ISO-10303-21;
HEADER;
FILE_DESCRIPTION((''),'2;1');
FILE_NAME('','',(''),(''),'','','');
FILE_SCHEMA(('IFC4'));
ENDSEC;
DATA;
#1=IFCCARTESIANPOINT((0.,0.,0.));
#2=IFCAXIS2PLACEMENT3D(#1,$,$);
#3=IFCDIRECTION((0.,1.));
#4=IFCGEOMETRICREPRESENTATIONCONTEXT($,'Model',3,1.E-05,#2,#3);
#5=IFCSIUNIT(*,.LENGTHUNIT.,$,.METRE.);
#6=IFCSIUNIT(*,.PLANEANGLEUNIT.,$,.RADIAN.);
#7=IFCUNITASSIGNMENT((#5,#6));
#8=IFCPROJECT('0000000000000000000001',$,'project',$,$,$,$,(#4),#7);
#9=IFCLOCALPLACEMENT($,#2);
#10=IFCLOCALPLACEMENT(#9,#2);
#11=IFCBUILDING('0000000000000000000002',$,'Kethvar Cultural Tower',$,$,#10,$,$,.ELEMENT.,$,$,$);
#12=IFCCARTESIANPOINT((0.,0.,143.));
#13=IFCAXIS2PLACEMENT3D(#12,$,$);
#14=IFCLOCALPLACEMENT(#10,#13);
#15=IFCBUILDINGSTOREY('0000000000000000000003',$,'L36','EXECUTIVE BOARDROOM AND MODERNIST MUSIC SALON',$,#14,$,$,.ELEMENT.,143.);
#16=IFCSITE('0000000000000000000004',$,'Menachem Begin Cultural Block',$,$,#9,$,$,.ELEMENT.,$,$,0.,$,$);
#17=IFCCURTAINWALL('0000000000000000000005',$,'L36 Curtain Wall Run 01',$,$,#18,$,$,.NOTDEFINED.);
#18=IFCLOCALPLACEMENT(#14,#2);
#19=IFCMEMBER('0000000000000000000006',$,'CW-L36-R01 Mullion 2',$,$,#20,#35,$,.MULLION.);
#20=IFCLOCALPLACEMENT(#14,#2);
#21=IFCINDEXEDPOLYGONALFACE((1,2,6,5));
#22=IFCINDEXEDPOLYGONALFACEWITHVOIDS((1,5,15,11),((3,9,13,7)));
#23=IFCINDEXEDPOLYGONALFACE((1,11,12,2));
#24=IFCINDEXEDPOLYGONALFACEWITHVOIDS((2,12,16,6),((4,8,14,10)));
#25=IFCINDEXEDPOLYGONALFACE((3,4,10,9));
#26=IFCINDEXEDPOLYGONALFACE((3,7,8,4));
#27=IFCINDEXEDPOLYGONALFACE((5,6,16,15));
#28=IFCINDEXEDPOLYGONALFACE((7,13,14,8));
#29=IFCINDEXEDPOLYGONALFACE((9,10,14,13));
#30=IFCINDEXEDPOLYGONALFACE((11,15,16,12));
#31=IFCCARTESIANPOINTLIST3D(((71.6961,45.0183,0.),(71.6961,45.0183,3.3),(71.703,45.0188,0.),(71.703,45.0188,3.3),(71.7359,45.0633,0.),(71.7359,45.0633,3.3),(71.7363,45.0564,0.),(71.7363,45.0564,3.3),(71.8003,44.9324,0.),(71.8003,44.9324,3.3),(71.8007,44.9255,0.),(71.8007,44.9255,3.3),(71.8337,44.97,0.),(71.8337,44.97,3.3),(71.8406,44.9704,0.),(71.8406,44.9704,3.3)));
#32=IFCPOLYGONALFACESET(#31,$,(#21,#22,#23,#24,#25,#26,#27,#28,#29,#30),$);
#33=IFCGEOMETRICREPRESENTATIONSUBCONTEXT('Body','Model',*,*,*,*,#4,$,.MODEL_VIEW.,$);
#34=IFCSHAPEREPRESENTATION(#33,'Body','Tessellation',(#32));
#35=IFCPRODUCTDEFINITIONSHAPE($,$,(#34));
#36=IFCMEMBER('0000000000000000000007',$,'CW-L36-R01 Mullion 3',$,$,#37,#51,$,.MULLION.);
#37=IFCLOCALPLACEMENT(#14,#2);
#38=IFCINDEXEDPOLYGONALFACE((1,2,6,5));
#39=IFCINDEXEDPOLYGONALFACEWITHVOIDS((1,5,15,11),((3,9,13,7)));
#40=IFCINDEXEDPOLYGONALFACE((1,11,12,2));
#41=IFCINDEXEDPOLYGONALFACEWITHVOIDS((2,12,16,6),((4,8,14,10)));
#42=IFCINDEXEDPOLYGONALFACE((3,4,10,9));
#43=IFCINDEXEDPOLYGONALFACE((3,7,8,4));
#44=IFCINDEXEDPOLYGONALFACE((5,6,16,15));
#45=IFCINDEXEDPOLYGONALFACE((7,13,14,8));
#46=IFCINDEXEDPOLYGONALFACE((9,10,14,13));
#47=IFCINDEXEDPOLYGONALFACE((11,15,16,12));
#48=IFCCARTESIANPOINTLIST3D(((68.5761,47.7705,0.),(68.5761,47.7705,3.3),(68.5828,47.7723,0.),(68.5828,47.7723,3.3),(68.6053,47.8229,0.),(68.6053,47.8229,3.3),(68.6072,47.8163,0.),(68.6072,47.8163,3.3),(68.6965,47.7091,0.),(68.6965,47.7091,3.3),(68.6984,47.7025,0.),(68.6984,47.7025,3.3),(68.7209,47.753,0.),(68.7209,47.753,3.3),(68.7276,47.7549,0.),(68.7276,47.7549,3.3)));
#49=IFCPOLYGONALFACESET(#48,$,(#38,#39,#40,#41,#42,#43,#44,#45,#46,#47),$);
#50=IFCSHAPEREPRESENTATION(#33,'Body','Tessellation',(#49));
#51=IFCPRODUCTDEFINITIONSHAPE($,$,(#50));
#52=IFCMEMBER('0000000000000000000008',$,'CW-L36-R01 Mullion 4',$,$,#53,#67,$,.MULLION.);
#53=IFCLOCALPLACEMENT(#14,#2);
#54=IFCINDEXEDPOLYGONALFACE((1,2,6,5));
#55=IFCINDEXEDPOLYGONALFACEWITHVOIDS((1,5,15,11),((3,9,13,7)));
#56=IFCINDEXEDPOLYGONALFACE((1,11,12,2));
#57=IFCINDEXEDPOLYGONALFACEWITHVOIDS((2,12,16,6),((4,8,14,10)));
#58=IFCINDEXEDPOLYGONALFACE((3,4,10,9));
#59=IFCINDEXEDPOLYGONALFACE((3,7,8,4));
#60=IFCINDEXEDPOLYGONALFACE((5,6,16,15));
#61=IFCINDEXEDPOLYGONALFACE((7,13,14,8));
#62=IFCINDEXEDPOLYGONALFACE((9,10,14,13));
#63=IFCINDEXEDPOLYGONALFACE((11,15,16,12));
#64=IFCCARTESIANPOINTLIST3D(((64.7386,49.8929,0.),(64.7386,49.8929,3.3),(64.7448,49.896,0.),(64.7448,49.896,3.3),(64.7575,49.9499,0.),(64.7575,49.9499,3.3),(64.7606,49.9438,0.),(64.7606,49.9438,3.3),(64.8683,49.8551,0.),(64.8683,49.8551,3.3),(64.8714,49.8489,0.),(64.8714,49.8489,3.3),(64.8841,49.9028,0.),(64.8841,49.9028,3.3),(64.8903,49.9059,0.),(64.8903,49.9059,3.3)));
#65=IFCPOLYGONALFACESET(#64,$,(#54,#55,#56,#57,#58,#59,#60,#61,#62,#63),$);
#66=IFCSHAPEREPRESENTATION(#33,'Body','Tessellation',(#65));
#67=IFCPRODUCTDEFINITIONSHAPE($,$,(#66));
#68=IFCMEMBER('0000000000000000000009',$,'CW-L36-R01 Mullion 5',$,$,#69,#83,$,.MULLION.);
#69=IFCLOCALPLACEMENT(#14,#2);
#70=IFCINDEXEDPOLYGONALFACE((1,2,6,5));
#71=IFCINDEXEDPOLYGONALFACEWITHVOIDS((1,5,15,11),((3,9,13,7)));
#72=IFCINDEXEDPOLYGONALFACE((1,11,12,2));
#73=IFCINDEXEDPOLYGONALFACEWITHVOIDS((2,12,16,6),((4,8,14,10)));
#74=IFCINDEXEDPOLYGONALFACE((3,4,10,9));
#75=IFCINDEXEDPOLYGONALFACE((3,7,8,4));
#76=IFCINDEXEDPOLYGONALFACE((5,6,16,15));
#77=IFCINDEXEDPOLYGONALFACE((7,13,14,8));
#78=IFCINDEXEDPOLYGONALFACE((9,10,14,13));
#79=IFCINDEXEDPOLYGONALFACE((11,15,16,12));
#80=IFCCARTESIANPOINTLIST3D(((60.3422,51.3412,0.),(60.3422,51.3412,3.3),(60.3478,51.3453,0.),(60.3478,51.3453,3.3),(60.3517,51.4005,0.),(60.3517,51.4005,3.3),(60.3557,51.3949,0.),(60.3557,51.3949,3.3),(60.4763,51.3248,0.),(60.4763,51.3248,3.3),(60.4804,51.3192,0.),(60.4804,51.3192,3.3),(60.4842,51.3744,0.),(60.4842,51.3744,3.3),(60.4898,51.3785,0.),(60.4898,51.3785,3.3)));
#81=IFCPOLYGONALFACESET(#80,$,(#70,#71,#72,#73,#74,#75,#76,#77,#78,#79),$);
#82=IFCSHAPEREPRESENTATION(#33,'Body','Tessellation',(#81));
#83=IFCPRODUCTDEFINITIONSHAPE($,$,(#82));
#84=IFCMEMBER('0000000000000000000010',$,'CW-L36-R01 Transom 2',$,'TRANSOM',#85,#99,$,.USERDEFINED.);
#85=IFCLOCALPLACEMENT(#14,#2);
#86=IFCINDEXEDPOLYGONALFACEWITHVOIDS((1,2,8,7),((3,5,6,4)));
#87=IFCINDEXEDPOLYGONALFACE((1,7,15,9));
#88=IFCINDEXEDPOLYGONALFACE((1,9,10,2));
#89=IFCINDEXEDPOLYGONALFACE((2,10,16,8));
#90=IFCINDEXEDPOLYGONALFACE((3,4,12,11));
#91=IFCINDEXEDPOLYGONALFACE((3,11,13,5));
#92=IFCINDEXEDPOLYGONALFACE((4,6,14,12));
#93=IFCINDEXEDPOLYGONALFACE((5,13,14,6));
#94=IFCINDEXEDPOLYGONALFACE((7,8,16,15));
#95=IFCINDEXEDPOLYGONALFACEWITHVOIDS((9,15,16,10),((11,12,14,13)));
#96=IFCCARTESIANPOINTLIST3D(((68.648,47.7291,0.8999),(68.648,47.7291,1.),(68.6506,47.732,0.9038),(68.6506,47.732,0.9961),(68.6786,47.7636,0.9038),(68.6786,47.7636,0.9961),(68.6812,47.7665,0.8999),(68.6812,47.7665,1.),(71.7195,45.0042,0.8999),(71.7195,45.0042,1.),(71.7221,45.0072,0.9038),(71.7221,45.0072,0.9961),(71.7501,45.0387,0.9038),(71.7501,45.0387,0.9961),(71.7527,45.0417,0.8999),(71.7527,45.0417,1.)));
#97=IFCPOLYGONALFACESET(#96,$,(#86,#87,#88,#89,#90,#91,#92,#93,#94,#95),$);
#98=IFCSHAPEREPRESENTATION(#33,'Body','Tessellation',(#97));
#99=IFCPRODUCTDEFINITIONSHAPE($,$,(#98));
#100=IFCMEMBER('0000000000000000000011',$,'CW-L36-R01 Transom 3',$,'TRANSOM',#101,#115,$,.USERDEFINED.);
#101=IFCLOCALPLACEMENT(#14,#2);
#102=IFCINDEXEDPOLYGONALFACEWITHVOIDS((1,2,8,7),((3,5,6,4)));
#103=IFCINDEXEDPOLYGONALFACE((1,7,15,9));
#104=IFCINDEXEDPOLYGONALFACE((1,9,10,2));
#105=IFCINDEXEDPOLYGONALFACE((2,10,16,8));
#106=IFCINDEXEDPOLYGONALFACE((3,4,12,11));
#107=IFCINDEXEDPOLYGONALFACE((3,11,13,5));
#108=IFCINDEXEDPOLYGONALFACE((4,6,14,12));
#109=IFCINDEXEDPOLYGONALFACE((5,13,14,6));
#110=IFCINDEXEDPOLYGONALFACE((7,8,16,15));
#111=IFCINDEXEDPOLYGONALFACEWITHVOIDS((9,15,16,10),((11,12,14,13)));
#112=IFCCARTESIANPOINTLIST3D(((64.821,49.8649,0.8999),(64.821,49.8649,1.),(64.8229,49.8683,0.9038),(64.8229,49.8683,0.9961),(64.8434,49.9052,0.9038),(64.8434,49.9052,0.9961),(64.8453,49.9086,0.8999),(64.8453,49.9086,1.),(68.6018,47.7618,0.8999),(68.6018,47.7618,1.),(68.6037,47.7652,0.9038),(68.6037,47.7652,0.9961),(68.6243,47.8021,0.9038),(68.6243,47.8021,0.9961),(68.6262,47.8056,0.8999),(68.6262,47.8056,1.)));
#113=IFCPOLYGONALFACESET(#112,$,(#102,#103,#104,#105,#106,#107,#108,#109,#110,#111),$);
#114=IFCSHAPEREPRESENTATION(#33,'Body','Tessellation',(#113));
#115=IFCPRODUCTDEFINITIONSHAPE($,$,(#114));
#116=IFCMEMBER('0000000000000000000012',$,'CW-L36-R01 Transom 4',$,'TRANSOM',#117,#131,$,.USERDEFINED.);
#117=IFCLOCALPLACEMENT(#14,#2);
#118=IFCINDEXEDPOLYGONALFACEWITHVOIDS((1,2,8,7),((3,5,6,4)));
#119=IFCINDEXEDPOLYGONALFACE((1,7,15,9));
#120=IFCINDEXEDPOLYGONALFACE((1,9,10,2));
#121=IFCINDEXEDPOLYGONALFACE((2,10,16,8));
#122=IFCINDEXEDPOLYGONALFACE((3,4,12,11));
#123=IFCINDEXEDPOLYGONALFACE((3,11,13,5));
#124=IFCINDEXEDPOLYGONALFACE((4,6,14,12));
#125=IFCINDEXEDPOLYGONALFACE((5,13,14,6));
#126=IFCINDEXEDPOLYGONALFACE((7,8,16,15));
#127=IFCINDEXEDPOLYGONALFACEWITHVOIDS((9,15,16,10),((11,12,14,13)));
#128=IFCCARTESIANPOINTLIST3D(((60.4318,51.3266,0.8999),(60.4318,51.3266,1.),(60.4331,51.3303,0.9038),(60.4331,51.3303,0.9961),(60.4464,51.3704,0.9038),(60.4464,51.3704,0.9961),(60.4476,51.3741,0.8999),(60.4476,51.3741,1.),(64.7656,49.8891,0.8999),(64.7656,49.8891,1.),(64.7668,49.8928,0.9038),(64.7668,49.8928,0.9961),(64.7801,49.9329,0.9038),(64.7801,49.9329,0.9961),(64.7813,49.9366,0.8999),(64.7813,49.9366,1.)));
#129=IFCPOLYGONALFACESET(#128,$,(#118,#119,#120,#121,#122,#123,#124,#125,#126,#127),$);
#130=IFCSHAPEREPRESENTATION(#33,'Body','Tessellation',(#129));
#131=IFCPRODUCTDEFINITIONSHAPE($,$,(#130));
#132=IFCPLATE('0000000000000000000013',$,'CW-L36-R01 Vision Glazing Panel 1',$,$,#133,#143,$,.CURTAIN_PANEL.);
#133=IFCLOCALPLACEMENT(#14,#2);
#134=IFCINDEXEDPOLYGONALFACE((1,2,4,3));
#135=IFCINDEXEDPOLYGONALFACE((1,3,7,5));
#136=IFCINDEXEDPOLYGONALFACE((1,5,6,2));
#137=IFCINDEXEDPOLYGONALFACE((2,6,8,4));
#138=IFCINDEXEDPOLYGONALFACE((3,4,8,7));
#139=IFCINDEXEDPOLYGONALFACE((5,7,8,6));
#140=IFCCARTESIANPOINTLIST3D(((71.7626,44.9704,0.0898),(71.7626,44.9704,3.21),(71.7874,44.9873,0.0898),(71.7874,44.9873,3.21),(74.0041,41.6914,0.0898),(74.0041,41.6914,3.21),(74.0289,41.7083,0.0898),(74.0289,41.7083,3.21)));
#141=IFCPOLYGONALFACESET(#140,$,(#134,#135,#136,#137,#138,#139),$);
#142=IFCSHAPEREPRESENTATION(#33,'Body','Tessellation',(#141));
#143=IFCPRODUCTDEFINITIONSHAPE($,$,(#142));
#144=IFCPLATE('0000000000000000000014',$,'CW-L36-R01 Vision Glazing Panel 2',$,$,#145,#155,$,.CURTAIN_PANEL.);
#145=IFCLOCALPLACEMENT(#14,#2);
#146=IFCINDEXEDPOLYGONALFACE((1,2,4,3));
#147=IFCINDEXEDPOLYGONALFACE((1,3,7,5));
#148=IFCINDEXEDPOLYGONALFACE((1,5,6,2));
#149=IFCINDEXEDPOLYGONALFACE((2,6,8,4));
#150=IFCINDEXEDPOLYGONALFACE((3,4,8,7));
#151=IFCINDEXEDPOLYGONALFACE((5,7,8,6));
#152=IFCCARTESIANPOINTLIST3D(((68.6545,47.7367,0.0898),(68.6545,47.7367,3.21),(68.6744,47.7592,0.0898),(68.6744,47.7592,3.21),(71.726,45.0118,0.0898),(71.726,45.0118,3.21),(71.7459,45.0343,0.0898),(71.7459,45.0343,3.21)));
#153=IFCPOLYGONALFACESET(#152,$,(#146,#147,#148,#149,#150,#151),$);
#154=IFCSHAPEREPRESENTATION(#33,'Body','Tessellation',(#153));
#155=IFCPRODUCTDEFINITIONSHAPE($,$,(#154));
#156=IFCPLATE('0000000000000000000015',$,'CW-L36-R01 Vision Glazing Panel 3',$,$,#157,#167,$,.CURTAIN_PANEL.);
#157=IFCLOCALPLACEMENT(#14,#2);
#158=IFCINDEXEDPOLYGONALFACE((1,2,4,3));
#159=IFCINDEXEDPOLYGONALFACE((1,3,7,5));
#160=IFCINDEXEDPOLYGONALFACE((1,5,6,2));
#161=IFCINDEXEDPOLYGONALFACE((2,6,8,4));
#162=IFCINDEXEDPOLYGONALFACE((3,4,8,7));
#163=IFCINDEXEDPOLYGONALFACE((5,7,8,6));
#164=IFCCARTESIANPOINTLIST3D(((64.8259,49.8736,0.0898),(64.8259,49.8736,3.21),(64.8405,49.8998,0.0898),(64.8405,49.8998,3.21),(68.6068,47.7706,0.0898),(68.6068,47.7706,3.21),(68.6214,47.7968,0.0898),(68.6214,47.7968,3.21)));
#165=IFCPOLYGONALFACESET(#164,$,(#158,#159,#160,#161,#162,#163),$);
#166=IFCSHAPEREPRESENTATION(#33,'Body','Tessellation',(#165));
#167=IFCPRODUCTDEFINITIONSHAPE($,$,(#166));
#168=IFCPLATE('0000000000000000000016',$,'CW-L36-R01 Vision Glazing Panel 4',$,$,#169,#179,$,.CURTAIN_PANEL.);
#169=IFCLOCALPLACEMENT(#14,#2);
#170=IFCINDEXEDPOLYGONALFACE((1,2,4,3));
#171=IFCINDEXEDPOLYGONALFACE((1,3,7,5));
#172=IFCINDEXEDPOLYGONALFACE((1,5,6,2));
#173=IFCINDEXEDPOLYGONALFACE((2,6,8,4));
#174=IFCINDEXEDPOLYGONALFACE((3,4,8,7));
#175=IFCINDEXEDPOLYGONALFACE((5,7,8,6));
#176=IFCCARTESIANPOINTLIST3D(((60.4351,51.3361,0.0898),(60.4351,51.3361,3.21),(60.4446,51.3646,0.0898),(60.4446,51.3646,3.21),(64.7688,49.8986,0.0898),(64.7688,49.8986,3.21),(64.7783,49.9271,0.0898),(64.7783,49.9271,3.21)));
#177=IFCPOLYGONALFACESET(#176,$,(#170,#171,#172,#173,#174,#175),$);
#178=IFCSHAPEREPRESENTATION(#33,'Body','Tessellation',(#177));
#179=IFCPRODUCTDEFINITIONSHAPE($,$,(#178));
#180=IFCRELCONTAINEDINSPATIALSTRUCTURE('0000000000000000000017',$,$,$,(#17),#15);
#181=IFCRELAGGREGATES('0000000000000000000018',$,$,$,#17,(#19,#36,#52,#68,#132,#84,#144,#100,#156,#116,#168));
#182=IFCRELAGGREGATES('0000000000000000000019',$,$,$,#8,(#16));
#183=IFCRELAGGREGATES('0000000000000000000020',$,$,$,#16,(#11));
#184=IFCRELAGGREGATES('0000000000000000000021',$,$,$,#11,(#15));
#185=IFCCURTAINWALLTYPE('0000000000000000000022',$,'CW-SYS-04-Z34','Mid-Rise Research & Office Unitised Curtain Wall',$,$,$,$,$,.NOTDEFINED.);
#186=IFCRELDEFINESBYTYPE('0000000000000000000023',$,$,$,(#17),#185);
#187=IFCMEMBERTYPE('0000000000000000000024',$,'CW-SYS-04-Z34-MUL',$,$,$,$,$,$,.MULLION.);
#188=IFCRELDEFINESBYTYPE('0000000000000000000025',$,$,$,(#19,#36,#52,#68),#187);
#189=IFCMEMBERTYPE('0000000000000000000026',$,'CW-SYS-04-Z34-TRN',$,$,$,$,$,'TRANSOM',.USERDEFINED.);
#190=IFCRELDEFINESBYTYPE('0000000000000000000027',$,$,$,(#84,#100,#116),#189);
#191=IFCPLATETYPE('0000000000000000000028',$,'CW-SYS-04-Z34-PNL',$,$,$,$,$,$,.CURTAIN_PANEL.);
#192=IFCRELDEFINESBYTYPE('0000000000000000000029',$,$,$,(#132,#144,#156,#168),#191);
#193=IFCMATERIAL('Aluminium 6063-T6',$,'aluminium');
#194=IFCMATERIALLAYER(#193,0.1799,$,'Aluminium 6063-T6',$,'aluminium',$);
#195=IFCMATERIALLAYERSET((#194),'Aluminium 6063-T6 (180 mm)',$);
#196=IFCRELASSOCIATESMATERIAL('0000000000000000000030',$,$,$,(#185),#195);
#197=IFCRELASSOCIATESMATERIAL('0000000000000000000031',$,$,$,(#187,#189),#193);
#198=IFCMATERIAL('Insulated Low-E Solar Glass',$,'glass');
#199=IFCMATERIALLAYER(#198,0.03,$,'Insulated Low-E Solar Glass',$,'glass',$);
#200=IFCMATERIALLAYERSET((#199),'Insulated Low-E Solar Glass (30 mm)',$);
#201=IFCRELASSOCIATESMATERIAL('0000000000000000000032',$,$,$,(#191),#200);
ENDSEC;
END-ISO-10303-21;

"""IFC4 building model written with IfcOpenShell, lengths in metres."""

from ifc_helpers import new_model, si_unit, direction, frame, origin, origin_2d, place, context, subcontext, project, spatial, rectangle, hollow_rectangle, extrude, source, transform, mapped, material, layer, layer_set, material_profile, profile_set, type_object, element, aggregate, save


model = new_model("IFC4")

# Units and contexts
model_context = context("Model", 3, precision=1e-05, world=origin(), true_north=direction((0.0, 1.0)))
body_context = subcontext(model_context, "Body", "Model", "MODEL_VIEW")
ifc_project = project(units=[si_unit("LENGTHUNIT", "METRE"), si_unit("PLANEANGLEUNIT", "RADIAN")], contexts=[model_context])

# Site, building, storey
site_placement = place(None, origin())
site = spatial("IfcSite", under=ifc_project, at=site_placement, Name="Menachem Begin Cultural Block", CompositionType="ELEMENT", RefElevation=0.0)
building_placement = place(site_placement, origin())
building = spatial("IfcBuilding", under=site, at=building_placement, Name="Kethvar Cultural Tower", CompositionType="ELEMENT")
storey_placement = place(building_placement, frame((0.0, 0.0, 143.0)))
storey = spatial("IfcBuildingStorey", under=building, at=storey_placement, Name="L36", Description="EXECUTIVE BOARDROOM AND MODERNIST MUSIC SALON", CompositionType="ELEMENT", Elevation=143.0)

# Curtain wall, members, plates
ifc_material_1 = material(Name="Aluminium 6063-T6", Category="aluminium")
ifc_layer_1 = layer(ifc_material_1, 0.1799, Name="Aluminium 6063-T6", Category="aluminium")
ifc_layer_set_1 = layer_set([ifc_layer_1], Name="Aluminium 6063-T6 (180 mm)")
curtain_wall_type = type_object("IfcCurtainWallType", Name="CW-SYS-04-Z34", Description="Mid-Rise Research & Office Unitised Curtain Wall", PredefinedType="NOTDEFINED", material=ifc_layer_set_1)
curtain_wall_placement = place(storey_placement, origin())
curtain_wall = element("IfcCurtainWall", 1, at=curtain_wall_placement, inside=storey, type_object=curtain_wall_type, Name="L36 Curtain Wall Run 01", PredefinedType="NOTDEFINED")
ifc_material_profile_1 = material_profile(ifc_material_1, hollow_rectangle(XDim=0.0601, YDim=0.1399, WallThickness=0.0049, at=origin_2d()), Name="Aluminium 6063-T6 — RHS140x60x5")
ifc_profile_set_1 = profile_set([ifc_material_profile_1], Name="Aluminium 6063-T6 — RHS140x60x5")
member_type_1 = type_object("IfcMemberType", Name="CW-SYS-04-Z34-MUL", PredefinedType="MULLION", material=ifc_profile_set_1)
shared_shape_1 = source(origin(), body_context, "Body", "SweptSolid", [
    extrude(hollow_rectangle(XDim=0.0601, YDim=0.1399, WallThickness=0.0049, at=origin_2d()), origin(), (0.0, 0.0, 1.0), 3.3),
])
member_1_placement = place(storey_placement, frame((71.7683, 44.9944, 0.0), z_axis=(0.0, 0.0, 1.0), x_axis=(-0.663639, -0.748053, 0.0)))
member_1 = element("IfcMember", 2, at=member_1_placement, type_object=member_type_1, Name="CW-L36-R01 Mullion 2", PredefinedType="MULLION", context=body_context, shape_type="MappedRepresentation", body=[
    mapped(shared_shape_1, transform((0.0, 0.0, 0.0), scale=1.0)),
])
member_2_placement = place(storey_placement, frame((68.6519, 47.7627, 0.0), z_axis=(0.0, 0.0, 1.0), x_axis=(-0.486076, -0.873916, 0.0)))
member_2 = element("IfcMember", 3, at=member_2_placement, type_object=member_type_1, Name="CW-L36-R01 Mullion 3", PredefinedType="MULLION", context=body_context, shape_type="MappedRepresentation", body=[
    mapped(shared_shape_1, transform((0.0, 0.0, 0.0), scale=1.0)),
])
member_3_placement = place(storey_placement, frame((64.8145, 49.8994, 0.0), z_axis=(0.0, 0.0, 1.0), x_axis=(-0.314837, -0.949146, 0.0)))
member_3 = element("IfcMember", 4, at=member_3_placement, type_object=member_type_1, Name="CW-L36-R01 Mullion 4", PredefinedType="MULLION", context=body_context, shape_type="MappedRepresentation", body=[
    mapped(shared_shape_1, transform((0.0, 0.0, 0.0), scale=1.0)),
])
member_4_placement = place(storey_placement, frame((60.416, 51.3599, 0.0), z_axis=(0.0, 0.0, 1.0), x_axis=(-0.157572, -0.987507, 0.0)))
member_4 = element("IfcMember", 5, at=member_4_placement, type_object=member_type_1, Name="CW-L36-R01 Mullion 5", PredefinedType="MULLION", context=body_context, shape_type="MappedRepresentation", body=[
    mapped(shared_shape_1, transform((0.0, 0.0, 0.0), scale=1.0)),
])
ifc_material_profile_2 = material_profile(ifc_material_1, hollow_rectangle(XDim=0.05, YDim=0.1001, WallThickness=0.0039, at=origin_2d()), Name="Aluminium 6063-T6 — RHS100x50x4")
ifc_profile_set_2 = profile_set([ifc_material_profile_2], Name="Aluminium 6063-T6 — RHS100x50x4")
member_type_2 = type_object("IfcMemberType", Name="CW-SYS-04-Z34-TRN", ElementType="TRANSOM", PredefinedType="USERDEFINED", material=ifc_profile_set_2)
shared_shape_2 = source(origin(), body_context, "Body", "SweptSolid", [
    extrude(hollow_rectangle(XDim=0.05, YDim=0.1001, WallThickness=0.0039, at=origin_2d()), origin(), (0.0, 0.0, 1.0), 4.106),
])
member_5_placement = place(storey_placement, frame((71.7361, 45.0229, 0.95), z_axis=(-0.748062, 0.663629, 0.0), x_axis=(-0.663629, -0.748062, 0.0)))
member_5 = element("IfcMember", 6, at=member_5_placement, type_object=member_type_2, Name="CW-L36-R01 Transom 2", ObjectType="TRANSOM", PredefinedType="USERDEFINED", context=body_context, shape_type="MappedRepresentation", body=[
    mapped(shared_shape_2, transform((0.0, 0.0, 0.0), scale=1.0)),
])
shared_shape_3 = source(origin(), body_context, "Body", "SweptSolid", [
    extrude(hollow_rectangle(XDim=0.05, YDim=0.1001, WallThickness=0.0039, at=origin_2d()), origin(), (0.0, 0.0, 1.0), 4.3264),
])
member_6_placement = place(storey_placement, frame((68.614, 47.7837, 0.95), z_axis=(-0.873902, 0.486103, 0.0), x_axis=(-0.486103, -0.873902, 0.0)))
member_6 = element("IfcMember", 7, at=member_6_placement, type_object=member_type_2, Name="CW-L36-R01 Transom 3", ObjectType="TRANSOM", PredefinedType="USERDEFINED", context=body_context, shape_type="MappedRepresentation", body=[
    mapped(shared_shape_3, transform((0.0, 0.0, 0.0), scale=1.0)),
])
shared_shape_4 = source(origin(), body_context, "Body", "SweptSolid", [
    extrude(hollow_rectangle(XDim=0.05, YDim=0.1001, WallThickness=0.0039, at=origin_2d()), origin(), (0.0, 0.0, 1.0), 4.5659),
])
member_7_placement = place(storey_placement, frame((64.7734, 49.9128, 0.95), z_axis=(-0.949147, 0.314832, 0.0), x_axis=(-0.314832, -0.949147, 0.0)))
member_7 = element("IfcMember", 8, at=member_7_placement, type_object=member_type_2, Name="CW-L36-R01 Transom 4", ObjectType="TRANSOM", PredefinedType="USERDEFINED", context=body_context, shape_type="MappedRepresentation", body=[
    mapped(shared_shape_4, transform((0.0, 0.0, 0.0), scale=1.0)),
])
ifc_material_2 = material(Name="Insulated Low-E Solar Glass", Category="glass")
ifc_layer_2 = layer(ifc_material_2, 0.03, Name="Insulated Low-E Solar Glass", Category="glass")
ifc_layer_set_2 = layer_set([ifc_layer_2], Name="Insulated Low-E Solar Glass (30 mm)")
plate_type = type_object("IfcPlateType", Name="CW-SYS-04-Z34-PNL", PredefinedType="CURTAIN_PANEL", material=ifc_layer_set_2)
shared_shape_5 = source(origin(), body_context, "Body", "SweptSolid", [
    extrude(rectangle(XDim=3.9719, YDim=0.03, at=origin_2d()), origin(), (0.0, 0.0, 1.0), 3.1201),
])
plate_1_placement = place(storey_placement, frame((72.8958, 43.3394, 0.0898), z_axis=(0.0, 0.0, 1.0), x_axis=(-0.564333, 0.825547, 0.0)))
plate_1 = element("IfcPlate", 9, at=plate_1_placement, type_object=plate_type, Name="CW-L36-R01 Vision Glazing Panel 1", PredefinedType="CURTAIN_PANEL", context=body_context, shape_type="MappedRepresentation", body=[
    mapped(shared_shape_5, transform((0.0, 0.0, 0.0), scale=1.0)),
])
shared_shape_6 = source(origin(), body_context, "Body", "SweptSolid", [
    extrude(rectangle(XDim=4.106, YDim=0.03, at=origin_2d()), origin(), (0.0, 0.0, 1.0), 3.1201),
])
plate_2_placement = place(storey_placement, frame((70.2002, 46.3855, 0.0898), z_axis=(0.0, 0.0, 1.0), x_axis=(-0.748053, 0.663639, 0.0)))
plate_2 = element("IfcPlate", 10, at=plate_2_placement, type_object=plate_type, Name="CW-L36-R01 Vision Glazing Panel 2", PredefinedType="CURTAIN_PANEL", context=body_context, shape_type="MappedRepresentation", body=[
    mapped(shared_shape_6, transform((0.0, 0.0, 0.0), scale=1.0)),
])
shared_shape_7 = source(origin(), body_context, "Body", "SweptSolid", [
    extrude(rectangle(XDim=4.3264, YDim=0.03, at=origin_2d()), origin(), (0.0, 0.0, 1.0), 3.1201),
])
plate_3_placement = place(storey_placement, frame((66.7236, 48.8352, 0.0898), z_axis=(0.0, 0.0, 1.0), x_axis=(-0.873916, 0.486076, 0.0)))
plate_3 = element("IfcPlate", 11, at=plate_3_placement, type_object=plate_type, Name="CW-L36-R01 Vision Glazing Panel 3", PredefinedType="CURTAIN_PANEL", context=body_context, shape_type="MappedRepresentation", body=[
    mapped(shared_shape_7, transform((0.0, 0.0, 0.0), scale=1.0)),
])
shared_shape_8 = source(origin(), body_context, "Body", "SweptSolid", [
    extrude(rectangle(XDim=4.5659, YDim=0.03, at=origin_2d()), origin(), (0.0, 0.0, 1.0), 3.1201),
])
plate_4_placement = place(storey_placement, frame((62.6067, 50.6316, 0.0898), z_axis=(0.0, 0.0, 1.0), x_axis=(-0.949146, 0.314837, 0.0)))
plate_4 = element("IfcPlate", 12, at=plate_4_placement, type_object=plate_type, Name="CW-L36-R01 Vision Glazing Panel 4", PredefinedType="CURTAIN_PANEL", context=body_context, shape_type="MappedRepresentation", body=[
    mapped(shared_shape_8, transform((0.0, 0.0, 0.0), scale=1.0)),
])
aggregate(curtain_wall, [member_1, member_2, member_3, member_4, plate_1, member_5, plate_2, member_6, plate_3, member_7, plate_4])

save(model, "model.ifc")
